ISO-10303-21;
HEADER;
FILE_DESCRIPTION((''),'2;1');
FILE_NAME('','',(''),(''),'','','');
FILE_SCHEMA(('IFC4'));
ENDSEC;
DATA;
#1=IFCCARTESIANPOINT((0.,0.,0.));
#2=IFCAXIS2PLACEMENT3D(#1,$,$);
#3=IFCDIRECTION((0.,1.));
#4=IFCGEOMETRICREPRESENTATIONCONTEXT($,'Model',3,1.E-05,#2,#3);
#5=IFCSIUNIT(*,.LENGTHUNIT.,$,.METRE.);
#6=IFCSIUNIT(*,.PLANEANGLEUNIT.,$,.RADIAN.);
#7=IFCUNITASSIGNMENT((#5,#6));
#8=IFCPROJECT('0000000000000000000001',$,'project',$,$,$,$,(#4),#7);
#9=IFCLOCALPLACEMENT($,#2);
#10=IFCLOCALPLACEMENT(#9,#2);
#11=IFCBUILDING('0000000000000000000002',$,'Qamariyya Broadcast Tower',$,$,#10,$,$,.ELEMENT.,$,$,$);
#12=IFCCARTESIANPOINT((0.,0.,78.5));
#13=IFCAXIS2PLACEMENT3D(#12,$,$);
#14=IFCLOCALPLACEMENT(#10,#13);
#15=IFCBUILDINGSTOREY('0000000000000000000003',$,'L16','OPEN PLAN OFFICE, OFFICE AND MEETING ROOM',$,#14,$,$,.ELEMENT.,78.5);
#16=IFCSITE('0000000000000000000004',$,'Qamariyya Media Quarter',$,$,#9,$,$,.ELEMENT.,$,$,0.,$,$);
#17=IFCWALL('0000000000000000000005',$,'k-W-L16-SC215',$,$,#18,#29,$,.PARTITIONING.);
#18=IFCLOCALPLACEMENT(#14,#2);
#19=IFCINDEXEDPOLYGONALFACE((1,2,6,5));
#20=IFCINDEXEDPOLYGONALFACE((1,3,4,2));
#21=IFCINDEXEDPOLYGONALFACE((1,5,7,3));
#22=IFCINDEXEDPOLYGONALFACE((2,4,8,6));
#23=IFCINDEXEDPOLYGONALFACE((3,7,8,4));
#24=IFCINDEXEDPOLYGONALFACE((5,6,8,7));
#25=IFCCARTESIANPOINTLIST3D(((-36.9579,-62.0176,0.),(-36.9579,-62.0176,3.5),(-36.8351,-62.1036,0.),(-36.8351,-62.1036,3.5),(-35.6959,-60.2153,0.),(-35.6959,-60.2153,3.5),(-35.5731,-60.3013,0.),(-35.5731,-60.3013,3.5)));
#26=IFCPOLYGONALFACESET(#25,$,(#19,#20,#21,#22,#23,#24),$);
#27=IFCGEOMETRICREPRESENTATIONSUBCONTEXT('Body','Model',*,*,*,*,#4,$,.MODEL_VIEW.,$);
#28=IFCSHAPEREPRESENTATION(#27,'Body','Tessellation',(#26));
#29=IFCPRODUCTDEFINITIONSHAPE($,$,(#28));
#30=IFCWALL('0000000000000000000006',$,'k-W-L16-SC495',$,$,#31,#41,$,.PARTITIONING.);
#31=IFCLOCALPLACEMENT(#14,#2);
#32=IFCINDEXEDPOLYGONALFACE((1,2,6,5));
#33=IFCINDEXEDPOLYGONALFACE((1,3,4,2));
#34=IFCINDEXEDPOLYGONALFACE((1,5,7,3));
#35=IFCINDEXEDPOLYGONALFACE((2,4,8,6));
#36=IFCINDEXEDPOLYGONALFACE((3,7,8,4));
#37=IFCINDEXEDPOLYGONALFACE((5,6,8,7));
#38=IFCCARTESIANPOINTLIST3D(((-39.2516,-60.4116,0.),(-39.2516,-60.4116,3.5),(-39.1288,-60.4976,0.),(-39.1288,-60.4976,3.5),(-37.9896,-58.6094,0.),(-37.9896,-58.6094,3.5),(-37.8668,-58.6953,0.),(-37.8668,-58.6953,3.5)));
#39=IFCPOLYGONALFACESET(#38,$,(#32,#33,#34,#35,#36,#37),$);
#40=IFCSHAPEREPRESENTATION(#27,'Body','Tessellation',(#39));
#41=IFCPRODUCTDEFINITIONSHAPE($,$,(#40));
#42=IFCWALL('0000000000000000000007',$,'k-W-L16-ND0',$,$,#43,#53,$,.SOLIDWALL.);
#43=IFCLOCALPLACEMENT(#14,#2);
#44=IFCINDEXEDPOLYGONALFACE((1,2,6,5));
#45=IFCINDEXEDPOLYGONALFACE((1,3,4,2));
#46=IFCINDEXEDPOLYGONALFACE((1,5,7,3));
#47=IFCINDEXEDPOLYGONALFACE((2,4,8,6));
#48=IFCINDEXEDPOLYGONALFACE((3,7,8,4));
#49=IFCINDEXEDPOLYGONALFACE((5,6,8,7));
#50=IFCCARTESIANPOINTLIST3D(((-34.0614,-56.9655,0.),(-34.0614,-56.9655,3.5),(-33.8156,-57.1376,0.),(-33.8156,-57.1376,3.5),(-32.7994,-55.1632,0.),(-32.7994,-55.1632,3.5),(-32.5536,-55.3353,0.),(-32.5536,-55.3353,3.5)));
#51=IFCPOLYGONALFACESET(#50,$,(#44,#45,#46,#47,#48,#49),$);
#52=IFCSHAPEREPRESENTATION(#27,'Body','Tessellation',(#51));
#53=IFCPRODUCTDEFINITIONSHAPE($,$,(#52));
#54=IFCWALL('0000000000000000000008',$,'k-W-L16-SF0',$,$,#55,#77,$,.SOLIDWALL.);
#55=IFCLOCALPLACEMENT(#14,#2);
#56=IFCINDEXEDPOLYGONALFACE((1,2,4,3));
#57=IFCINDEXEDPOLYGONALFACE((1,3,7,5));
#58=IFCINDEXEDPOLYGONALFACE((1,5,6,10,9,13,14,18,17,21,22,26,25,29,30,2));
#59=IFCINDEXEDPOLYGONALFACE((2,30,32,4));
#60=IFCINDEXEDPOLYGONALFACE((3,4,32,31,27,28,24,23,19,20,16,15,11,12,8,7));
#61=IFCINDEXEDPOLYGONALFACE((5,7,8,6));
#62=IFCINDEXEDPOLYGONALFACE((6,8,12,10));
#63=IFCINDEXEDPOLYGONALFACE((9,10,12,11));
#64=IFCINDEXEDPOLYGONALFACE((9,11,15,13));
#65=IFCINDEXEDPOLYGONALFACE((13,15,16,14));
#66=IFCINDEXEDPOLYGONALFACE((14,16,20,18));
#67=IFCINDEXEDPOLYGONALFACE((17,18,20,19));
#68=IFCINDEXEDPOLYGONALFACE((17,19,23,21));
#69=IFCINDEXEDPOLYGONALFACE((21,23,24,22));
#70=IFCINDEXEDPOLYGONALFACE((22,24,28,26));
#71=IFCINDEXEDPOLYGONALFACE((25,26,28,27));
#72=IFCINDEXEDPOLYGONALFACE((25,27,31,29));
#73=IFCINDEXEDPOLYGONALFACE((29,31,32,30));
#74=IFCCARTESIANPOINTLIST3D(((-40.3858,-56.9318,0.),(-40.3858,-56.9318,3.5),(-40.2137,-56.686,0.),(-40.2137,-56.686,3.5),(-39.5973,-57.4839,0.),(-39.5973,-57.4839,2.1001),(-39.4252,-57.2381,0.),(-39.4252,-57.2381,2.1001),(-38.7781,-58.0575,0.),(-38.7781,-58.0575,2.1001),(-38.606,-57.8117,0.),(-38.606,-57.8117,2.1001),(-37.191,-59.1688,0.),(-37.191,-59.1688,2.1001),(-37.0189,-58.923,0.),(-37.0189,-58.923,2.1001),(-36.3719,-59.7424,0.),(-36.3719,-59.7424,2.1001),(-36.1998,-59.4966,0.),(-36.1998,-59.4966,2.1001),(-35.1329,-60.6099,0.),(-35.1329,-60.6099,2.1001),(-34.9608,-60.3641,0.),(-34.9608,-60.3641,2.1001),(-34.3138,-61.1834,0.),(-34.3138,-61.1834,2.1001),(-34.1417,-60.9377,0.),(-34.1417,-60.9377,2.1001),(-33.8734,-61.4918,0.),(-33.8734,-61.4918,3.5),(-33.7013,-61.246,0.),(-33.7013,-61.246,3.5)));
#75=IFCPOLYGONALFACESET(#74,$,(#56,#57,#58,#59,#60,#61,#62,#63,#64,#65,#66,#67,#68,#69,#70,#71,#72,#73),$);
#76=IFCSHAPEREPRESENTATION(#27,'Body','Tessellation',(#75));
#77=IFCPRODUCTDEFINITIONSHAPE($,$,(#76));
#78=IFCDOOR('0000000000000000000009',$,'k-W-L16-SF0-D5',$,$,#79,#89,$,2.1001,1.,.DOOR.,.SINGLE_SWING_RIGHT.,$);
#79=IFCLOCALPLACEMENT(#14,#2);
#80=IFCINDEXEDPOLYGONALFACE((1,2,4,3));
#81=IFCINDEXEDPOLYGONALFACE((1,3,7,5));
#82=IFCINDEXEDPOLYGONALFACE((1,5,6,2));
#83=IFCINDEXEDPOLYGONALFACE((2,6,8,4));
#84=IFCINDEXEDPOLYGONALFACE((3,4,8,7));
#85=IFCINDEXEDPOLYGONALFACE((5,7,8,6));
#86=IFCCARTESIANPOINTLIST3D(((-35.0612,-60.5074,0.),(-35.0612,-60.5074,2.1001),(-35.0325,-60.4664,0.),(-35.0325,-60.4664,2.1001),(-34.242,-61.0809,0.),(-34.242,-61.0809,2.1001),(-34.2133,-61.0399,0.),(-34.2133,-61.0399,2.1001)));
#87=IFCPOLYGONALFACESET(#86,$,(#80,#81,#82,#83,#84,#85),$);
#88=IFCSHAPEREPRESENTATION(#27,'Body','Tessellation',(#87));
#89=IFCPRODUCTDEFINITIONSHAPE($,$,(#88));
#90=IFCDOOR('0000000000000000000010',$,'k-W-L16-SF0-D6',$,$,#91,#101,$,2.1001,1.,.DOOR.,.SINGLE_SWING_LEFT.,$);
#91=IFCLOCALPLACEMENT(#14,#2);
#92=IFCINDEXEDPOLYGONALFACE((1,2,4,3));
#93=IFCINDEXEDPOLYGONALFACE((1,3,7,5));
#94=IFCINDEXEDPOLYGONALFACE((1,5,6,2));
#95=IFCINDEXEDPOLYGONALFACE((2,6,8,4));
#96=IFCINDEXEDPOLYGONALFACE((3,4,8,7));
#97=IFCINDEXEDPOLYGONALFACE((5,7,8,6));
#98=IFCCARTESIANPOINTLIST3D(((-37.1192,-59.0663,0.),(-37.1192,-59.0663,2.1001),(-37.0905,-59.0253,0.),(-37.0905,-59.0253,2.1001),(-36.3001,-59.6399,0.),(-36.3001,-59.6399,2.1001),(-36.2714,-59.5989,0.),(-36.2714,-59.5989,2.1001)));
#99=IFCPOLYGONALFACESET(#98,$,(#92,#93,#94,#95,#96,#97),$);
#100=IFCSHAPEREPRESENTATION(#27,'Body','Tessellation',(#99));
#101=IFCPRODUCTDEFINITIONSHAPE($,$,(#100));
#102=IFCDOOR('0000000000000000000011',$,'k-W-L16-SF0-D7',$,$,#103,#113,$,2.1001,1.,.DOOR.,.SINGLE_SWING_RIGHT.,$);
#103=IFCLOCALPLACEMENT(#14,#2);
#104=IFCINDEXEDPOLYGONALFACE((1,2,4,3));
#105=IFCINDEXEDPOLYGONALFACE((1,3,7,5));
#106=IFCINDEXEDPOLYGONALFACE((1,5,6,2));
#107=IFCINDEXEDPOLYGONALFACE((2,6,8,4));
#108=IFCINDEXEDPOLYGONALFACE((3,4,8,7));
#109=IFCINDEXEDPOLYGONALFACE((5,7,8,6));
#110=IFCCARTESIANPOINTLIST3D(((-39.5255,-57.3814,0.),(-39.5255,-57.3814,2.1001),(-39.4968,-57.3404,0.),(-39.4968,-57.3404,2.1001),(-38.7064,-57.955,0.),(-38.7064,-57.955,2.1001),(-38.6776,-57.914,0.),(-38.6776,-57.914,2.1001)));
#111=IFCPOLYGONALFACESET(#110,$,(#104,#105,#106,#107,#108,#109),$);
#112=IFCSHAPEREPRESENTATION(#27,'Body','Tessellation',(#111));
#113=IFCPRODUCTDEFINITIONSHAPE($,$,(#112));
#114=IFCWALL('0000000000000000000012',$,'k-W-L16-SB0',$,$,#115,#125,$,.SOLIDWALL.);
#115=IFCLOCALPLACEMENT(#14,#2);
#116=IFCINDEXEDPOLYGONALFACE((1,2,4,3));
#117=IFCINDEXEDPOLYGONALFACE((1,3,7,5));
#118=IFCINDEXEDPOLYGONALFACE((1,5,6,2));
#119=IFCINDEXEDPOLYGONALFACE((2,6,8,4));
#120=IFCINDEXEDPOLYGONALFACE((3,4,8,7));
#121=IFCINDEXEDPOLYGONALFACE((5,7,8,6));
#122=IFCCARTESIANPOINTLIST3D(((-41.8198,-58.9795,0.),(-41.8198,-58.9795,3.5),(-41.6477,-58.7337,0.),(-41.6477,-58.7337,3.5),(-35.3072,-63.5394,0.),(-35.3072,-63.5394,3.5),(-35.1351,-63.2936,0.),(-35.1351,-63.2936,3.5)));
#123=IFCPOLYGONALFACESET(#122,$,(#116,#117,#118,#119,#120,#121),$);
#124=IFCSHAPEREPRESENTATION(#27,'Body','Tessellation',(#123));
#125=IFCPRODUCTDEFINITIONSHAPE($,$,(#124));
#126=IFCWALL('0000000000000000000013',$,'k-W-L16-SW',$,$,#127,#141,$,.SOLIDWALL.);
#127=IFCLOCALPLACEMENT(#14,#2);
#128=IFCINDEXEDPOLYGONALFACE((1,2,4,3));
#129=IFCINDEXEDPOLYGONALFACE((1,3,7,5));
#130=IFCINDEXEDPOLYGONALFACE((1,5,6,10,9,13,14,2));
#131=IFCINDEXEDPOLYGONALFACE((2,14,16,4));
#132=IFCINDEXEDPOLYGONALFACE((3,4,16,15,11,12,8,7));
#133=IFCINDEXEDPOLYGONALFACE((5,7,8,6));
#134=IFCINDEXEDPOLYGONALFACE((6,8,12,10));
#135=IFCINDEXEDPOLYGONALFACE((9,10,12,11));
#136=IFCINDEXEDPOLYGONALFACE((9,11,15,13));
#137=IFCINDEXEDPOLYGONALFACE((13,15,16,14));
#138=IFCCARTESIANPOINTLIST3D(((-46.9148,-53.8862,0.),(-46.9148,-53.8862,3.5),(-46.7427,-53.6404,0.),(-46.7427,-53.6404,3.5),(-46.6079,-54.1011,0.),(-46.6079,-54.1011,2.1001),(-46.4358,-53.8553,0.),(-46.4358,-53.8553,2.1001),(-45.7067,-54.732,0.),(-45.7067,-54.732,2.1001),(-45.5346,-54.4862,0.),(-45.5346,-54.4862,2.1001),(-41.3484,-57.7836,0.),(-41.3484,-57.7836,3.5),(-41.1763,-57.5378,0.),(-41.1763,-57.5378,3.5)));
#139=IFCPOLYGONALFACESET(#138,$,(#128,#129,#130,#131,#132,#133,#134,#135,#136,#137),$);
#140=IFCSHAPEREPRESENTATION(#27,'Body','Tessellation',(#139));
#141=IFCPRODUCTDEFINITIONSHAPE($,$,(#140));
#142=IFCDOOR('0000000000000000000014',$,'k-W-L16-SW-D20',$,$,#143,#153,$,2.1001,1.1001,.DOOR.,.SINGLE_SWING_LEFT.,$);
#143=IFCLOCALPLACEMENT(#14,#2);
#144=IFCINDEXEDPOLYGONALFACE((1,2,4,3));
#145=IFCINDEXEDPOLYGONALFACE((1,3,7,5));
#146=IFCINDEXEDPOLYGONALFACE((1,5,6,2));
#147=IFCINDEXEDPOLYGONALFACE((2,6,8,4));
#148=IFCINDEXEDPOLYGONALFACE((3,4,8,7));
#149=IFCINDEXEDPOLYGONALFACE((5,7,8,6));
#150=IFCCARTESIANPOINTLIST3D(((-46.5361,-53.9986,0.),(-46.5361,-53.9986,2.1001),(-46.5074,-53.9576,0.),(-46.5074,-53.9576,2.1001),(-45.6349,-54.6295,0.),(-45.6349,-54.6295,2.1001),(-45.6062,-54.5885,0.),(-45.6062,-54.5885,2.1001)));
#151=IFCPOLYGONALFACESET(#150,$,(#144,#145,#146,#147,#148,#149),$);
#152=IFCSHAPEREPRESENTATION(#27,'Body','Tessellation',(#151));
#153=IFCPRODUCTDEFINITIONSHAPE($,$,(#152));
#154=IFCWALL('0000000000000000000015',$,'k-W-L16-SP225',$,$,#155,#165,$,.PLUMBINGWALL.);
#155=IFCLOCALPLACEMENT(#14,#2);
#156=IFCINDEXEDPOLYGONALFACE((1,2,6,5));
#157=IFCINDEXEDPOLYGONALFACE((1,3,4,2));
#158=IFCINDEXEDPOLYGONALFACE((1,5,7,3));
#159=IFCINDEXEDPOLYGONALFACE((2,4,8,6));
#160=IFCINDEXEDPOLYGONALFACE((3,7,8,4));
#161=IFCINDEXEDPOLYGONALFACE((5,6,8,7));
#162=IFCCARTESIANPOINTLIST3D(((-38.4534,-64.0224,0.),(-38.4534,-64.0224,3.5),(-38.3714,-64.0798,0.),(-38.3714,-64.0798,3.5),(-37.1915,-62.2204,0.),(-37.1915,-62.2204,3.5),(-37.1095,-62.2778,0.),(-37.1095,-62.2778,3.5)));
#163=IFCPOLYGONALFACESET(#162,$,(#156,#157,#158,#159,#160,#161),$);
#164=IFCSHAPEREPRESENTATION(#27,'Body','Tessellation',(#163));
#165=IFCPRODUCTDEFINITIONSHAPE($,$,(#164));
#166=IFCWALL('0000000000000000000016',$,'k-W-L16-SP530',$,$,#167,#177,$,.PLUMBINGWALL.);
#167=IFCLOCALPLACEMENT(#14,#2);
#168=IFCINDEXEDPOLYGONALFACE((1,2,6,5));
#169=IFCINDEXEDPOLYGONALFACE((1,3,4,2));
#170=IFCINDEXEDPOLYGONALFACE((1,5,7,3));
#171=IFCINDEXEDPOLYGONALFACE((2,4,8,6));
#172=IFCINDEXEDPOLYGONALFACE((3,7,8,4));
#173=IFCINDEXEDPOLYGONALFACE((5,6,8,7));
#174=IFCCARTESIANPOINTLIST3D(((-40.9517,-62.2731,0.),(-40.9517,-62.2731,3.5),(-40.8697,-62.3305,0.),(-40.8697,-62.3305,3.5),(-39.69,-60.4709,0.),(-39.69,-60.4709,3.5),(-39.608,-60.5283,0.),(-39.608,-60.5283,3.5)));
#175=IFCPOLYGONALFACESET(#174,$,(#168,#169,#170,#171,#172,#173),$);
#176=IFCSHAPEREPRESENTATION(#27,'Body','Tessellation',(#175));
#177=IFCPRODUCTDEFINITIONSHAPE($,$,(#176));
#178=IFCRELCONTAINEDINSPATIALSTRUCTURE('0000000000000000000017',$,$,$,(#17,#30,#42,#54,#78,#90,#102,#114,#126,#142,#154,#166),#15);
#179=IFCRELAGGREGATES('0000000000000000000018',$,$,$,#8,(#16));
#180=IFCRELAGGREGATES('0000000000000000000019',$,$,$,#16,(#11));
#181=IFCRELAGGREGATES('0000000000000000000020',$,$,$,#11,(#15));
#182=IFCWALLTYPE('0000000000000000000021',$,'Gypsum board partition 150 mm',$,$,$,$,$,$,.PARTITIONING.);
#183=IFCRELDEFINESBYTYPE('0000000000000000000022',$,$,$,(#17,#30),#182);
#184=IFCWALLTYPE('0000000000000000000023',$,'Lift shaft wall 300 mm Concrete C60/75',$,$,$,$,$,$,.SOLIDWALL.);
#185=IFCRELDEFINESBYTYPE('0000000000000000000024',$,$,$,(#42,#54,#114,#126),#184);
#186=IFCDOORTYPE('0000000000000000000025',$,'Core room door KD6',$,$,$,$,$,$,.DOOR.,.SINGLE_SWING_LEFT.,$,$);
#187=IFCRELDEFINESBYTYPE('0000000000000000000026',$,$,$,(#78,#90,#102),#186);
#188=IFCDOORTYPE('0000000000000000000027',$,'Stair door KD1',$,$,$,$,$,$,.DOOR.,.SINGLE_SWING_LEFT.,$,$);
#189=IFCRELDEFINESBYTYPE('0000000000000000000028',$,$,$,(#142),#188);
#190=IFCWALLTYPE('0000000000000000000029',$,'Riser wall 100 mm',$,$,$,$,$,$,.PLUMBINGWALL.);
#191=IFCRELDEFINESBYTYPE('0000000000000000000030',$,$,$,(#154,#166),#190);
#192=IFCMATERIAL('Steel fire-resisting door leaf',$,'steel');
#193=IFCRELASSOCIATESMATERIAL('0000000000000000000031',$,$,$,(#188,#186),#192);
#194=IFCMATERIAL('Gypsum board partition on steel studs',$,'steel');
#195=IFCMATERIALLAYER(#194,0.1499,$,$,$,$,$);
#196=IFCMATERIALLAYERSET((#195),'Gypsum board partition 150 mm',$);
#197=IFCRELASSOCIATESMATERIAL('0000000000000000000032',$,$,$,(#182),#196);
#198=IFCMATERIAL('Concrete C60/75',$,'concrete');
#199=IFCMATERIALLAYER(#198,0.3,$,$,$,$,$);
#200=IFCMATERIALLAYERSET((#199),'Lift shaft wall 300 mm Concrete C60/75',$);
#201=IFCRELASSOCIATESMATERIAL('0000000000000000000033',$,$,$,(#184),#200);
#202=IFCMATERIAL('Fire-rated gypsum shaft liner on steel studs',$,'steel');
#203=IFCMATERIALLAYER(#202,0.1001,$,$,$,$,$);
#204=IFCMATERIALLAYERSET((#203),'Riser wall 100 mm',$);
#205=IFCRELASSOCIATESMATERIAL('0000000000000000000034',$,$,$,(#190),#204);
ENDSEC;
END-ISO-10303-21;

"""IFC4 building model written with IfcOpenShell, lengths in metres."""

from ifc_helpers import new_model, si_unit, direction, frame, frame_2d, origin, place, context, subcontext, project, spatial, rectangle, extrude, material, layer, layer_set, type_object, element, fill, save


model = new_model("IFC4")

# Units and contexts
model_context = context("Model", 3, precision=1e-05, world=origin(), true_north=direction((0.0, 1.0)))
body_context = subcontext(model_context, "Body", "Model", "MODEL_VIEW")
ifc_project = project(units=[si_unit("LENGTHUNIT", "METRE"), si_unit("PLANEANGLEUNIT", "RADIAN")], contexts=[model_context])

# Site, building, storey
site_placement = place(None, origin())
site = spatial("IfcSite", under=ifc_project, at=site_placement, Name="Qamariyya Media Quarter", CompositionType="ELEMENT", RefElevation=0.0)
building_placement = place(site_placement, origin())
building = spatial("IfcBuilding", under=site, at=building_placement, Name="Qamariyya Broadcast Tower", CompositionType="ELEMENT")
storey_placement = place(building_placement, frame((0.0, 0.0, 78.5)))
storey = spatial("IfcBuildingStorey", under=building, at=storey_placement, Name="L16", Description="OPEN PLAN OFFICE, OFFICE AND MEETING ROOM", CompositionType="ELEMENT", Elevation=78.5)

# Shared definitions
ifc_material_1 = material(Name="Steel fire-resisting door leaf", Category="steel")

# Shared definitions
door_type_1 = type_object("IfcDoorType", Name="Stair door KD1", OperationType="SINGLE_SWING_LEFT", PredefinedType="DOOR", material=ifc_material_1)

# Walls
ifc_material_2 = material(Name="Gypsum board partition on steel studs", Category="steel")
ifc_layer_1 = layer(ifc_material_2, 0.1499)
ifc_layer_set_1 = layer_set([ifc_layer_1], Name="Gypsum board partition 150 mm")
wall_type_1 = type_object("IfcWallType", Name="Gypsum board partition 150 mm", PredefinedType="PARTITIONING", material=ifc_layer_set_1)
for number, where, z_axis, x_axis, name in (
    (1, (-35.6345, -60.2583, 0.0), (0.0, 0.0, 1.0), (-0.573581, -0.819149, 0.0), "k-W-L16-SC215"),
    (2, (-37.9282, -58.6523, 0.0), (0.0, 0.0, 1.0), (-0.573581, -0.819149, 0.0), "k-W-L16-SC495"),
):
    element("IfcWall", number, at=place(storey_placement, frame(where, z_axis=z_axis, x_axis=x_axis)), inside=storey, type_object=wall_type_1, Name=name, PredefinedType="PARTITIONING", context=body_context, shape_type="SweptSolid", body=[
        extrude(rectangle(XDim=2.2002, YDim=0.1499, at=frame_2d((1.1001, 0.0))), origin(), (0.0, 0.0, 1.0), 3.5),
    ])
ifc_material_3 = material(Name="Concrete C60/75", Category="concrete")
ifc_layer_2 = layer(ifc_material_3, 0.3)
ifc_layer_set_2 = layer_set([ifc_layer_2], Name="Lift shaft wall 300 mm Concrete C60/75")
wall_type_2 = type_object("IfcWallType", Name="Lift shaft wall 300 mm Concrete C60/75", PredefinedType="SOLIDWALL", material=ifc_layer_set_2)
wall_1_placement = place(storey_placement, frame((-33.9385, -57.0515, 0.0), z_axis=(0.0, 0.0, 1.0), x_axis=(0.573581, 0.819149, 0.0)))
element("IfcWall", 3, at=wall_1_placement, inside=storey, type_object=wall_type_2, Name="k-W-L16-ND0", PredefinedType="SOLIDWALL", context=body_context, shape_type="SweptSolid", body=[
    extrude(rectangle(XDim=2.2002, YDim=0.3, at=frame_2d((1.1001, 0.0))), origin(), (0.0, 0.0, 1.0), 3.5),
])

# Wall, openings, doors
wall_2_placement = place(storey_placement, frame((-33.7874, -61.3689, 0.0), z_axis=(0.0, 0.0, 1.0), x_axis=(-0.819153, 0.573576, 0.0)))
wall_2 = element("IfcWall", 4, at=wall_2_placement, inside=storey, type_object=wall_type_2, Name="k-W-L16-SF0", PredefinedType="SOLIDWALL", context=body_context, shape_type="SweptSolid", body=[
    extrude(rectangle(XDim=7.9502, YDim=0.3, at=frame_2d((3.9751, 0.0))), origin(), (0.0, 0.0, 1.0), 3.5),
])
opening_1_placement = place(wall_2_placement, frame((0.5376, 0.0, 0.0)))
opening_1 = element("IfcOpeningElement", 5, at=opening_1_placement, cuts=wall_2, PredefinedType="OPENING", context=body_context, shape_type="SweptSolid", body=[
    extrude(rectangle(XDim=1.0, YDim=2.1001, at=frame_2d((0.5, 1.05))), frame((0.0, 0.1599, 0.0), z_axis=(0.0, -1.0, 0.0), x_axis=(1.0, 0.0, 0.0)), (0.0, 0.0, 1.0), 0.3201),
])
opening_2_placement = place(wall_2_placement, frame((3.05, 0.0, 0.0)))
opening_2 = element("IfcOpeningElement", 6, at=opening_2_placement, cuts=wall_2, PredefinedType="OPENING", context=body_context, shape_type="SweptSolid", body=[
    extrude(rectangle(XDim=1.0, YDim=2.1001, at=frame_2d((0.5, 1.05))), frame((0.0, 0.1599, 0.0), z_axis=(0.0, -1.0, 0.0), x_axis=(1.0, 0.0, 0.0)), (0.0, 0.0, 1.0), 0.3201),
])
opening_3_placement = place(wall_2_placement, frame((5.9875, 0.0, 0.0)))
opening_3 = element("IfcOpeningElement", 7, at=opening_3_placement, cuts=wall_2, PredefinedType="OPENING", context=body_context, shape_type="SweptSolid", body=[
    extrude(rectangle(XDim=1.0, YDim=2.1001, at=frame_2d((0.5, 1.05))), frame((0.0, 0.1599, 0.0), z_axis=(0.0, -1.0, 0.0), x_axis=(1.0, 0.0, 0.0)), (0.0, 0.0, 1.0), 0.3201),
])
door_type_2 = type_object("IfcDoorType", Name="Core room door KD6", OperationType="SINGLE_SWING_LEFT", PredefinedType="DOOR", material=ifc_material_1)
door_1_placement = place(opening_1_placement, origin())
door_1 = element("IfcDoor", 8, at=door_1_placement, inside=storey, type_object=door_type_2, Name="k-W-L16-SF0-D5", OperationType="SINGLE_SWING_RIGHT", OverallHeight=2.1001, OverallWidth=1.0, PredefinedType="DOOR", context=body_context, shape_type="SweptSolid", body=[
    extrude(rectangle(XDim=1.0, YDim=2.1001, at=frame_2d((0.5, 1.05))), frame((0.0, 0.0249, 0.0), z_axis=(0.0, -1.0, 0.0), x_axis=(1.0, 0.0, 0.0)), (0.0, 0.0, 1.0), 0.05),
])
fill(opening_1, door_1)
door_2_placement = place(opening_2_placement, origin())
door_2 = element("IfcDoor", 9, at=door_2_placement, inside=storey, type_object=door_type_2, Name="k-W-L16-SF0-D6", OperationType="SINGLE_SWING_LEFT", OverallHeight=2.1001, OverallWidth=1.0, PredefinedType="DOOR", context=body_context, shape_type="SweptSolid", body=[
    extrude(rectangle(XDim=1.0, YDim=2.1001, at=frame_2d((0.5, 1.05))), frame((0.0, 0.0249, 0.0), z_axis=(0.0, -1.0, 0.0), x_axis=(1.0, 0.0, 0.0)), (0.0, 0.0, 1.0), 0.05),
])
fill(opening_2, door_2)
door_3_placement = place(opening_3_placement, origin())
door_3 = element("IfcDoor", 10, at=door_3_placement, inside=storey, type_object=door_type_2, Name="k-W-L16-SF0-D7", OperationType="SINGLE_SWING_RIGHT", OverallHeight=2.1001, OverallWidth=1.0, PredefinedType="DOOR", context=body_context, shape_type="SweptSolid", body=[
    extrude(rectangle(XDim=1.0, YDim=2.1001, at=frame_2d((0.5, 1.05))), frame((0.0, 0.0249, 0.0), z_axis=(0.0, -1.0, 0.0), x_axis=(1.0, 0.0, 0.0)), (0.0, 0.0, 1.0), 0.05),
])
fill(opening_3, door_3)

# Wall
wall_3_placement = place(storey_placement, frame((-35.2212, -63.4165, 0.0), z_axis=(0.0, 0.0, 1.0), x_axis=(-0.819167, 0.573555, 0.0)))
element("IfcWall", 11, at=wall_3_placement, inside=storey, type_object=wall_type_2, Name="k-W-L16-SB0", PredefinedType="SOLIDWALL", context=body_context, shape_type="SweptSolid", body=[
    extrude(rectangle(XDim=7.9502, YDim=0.3, at=frame_2d((3.9751, 0.0))), origin(), (0.0, 0.0, 1.0), 3.5),
])

# Wall, opening, door
wall_4_placement = place(storey_placement, frame((-41.2625, -57.6606, 0.0), z_axis=(0.0, 0.0, 1.0), x_axis=(-0.819164, 0.573559, 0.0)))
wall_4 = element("IfcWall", 12, at=wall_4_placement, inside=storey, type_object=wall_type_2, Name="k-W-L16-SW", PredefinedType="SOLIDWALL", context=body_context, shape_type="SweptSolid", body=[
    extrude(rectangle(XDim=6.7952, YDim=0.3, at=frame_2d((3.3975, 0.0))), origin(), (0.0, 0.0, 1.0), 3.5),
])
opening_4_placement = place(wall_4_placement, frame((5.3203, 0.0, 0.0)))
opening_4 = element("IfcOpeningElement", 13, at=opening_4_placement, cuts=wall_4, PredefinedType="OPENING", context=body_context, shape_type="SweptSolid", body=[
    extrude(rectangle(XDim=1.1001, YDim=2.1001, at=frame_2d((0.55, 1.05))), frame((0.0, 0.1599, 0.0), z_axis=(0.0, -1.0, 0.0), x_axis=(1.0, 0.0, 0.0)), (0.0, 0.0, 1.0), 0.3201),
])
door_4_placement = place(opening_4_placement, origin())
door_4 = element("IfcDoor", 14, at=door_4_placement, inside=storey, type_object=door_type_1, Name="k-W-L16-SW-D20", OperationType="SINGLE_SWING_LEFT", OverallHeight=2.1001, OverallWidth=1.1001, PredefinedType="DOOR", context=body_context, shape_type="SweptSolid", body=[
    extrude(rectangle(XDim=1.1001, YDim=2.1001, at=frame_2d((0.55, 1.05))), frame((0.0, 0.0249, 0.0), z_axis=(0.0, -1.0, 0.0), x_axis=(1.0, 0.0, 0.0)), (0.0, 0.0, 1.0), 0.05),
])
fill(opening_4, door_4)

# Walls
ifc_material_4 = material(Name="Fire-rated gypsum shaft liner on steel studs", Category="steel")
ifc_layer_3 = layer(ifc_material_4, 0.1001)
ifc_layer_set_3 = layer_set([ifc_layer_3], Name="Riser wall 100 mm")
wall_type_3 = type_object("IfcWallType", Name="Riser wall 100 mm", PredefinedType="PLUMBINGWALL", material=ifc_layer_set_3)
for number, where, z_axis, x_axis, name in (
    (15, (-37.1504, -62.249, 0.0), (0.0, 0.0, 1.0), (-0.573634, -0.819112, 0.0), "k-W-L16-SP225"),
    (16, (-39.6489, -60.4995, 0.0), (0.0, 0.0, 1.0), (-0.573507, -0.819201, 0.0), "k-W-L16-SP530"),
):
    element("IfcWall", number, at=place(storey_placement, frame(where, z_axis=z_axis, x_axis=x_axis)), inside=storey, type_object=wall_type_3, Name=name, PredefinedType="PLUMBINGWALL", context=body_context, shape_type="SweptSolid", body=[
        extrude(rectangle(XDim=2.2, YDim=0.1001, at=frame_2d((1.1001, 0.0))), origin(), (0.0, 0.0, 1.0), 3.5),
    ])

save(model, "model.ifc")
